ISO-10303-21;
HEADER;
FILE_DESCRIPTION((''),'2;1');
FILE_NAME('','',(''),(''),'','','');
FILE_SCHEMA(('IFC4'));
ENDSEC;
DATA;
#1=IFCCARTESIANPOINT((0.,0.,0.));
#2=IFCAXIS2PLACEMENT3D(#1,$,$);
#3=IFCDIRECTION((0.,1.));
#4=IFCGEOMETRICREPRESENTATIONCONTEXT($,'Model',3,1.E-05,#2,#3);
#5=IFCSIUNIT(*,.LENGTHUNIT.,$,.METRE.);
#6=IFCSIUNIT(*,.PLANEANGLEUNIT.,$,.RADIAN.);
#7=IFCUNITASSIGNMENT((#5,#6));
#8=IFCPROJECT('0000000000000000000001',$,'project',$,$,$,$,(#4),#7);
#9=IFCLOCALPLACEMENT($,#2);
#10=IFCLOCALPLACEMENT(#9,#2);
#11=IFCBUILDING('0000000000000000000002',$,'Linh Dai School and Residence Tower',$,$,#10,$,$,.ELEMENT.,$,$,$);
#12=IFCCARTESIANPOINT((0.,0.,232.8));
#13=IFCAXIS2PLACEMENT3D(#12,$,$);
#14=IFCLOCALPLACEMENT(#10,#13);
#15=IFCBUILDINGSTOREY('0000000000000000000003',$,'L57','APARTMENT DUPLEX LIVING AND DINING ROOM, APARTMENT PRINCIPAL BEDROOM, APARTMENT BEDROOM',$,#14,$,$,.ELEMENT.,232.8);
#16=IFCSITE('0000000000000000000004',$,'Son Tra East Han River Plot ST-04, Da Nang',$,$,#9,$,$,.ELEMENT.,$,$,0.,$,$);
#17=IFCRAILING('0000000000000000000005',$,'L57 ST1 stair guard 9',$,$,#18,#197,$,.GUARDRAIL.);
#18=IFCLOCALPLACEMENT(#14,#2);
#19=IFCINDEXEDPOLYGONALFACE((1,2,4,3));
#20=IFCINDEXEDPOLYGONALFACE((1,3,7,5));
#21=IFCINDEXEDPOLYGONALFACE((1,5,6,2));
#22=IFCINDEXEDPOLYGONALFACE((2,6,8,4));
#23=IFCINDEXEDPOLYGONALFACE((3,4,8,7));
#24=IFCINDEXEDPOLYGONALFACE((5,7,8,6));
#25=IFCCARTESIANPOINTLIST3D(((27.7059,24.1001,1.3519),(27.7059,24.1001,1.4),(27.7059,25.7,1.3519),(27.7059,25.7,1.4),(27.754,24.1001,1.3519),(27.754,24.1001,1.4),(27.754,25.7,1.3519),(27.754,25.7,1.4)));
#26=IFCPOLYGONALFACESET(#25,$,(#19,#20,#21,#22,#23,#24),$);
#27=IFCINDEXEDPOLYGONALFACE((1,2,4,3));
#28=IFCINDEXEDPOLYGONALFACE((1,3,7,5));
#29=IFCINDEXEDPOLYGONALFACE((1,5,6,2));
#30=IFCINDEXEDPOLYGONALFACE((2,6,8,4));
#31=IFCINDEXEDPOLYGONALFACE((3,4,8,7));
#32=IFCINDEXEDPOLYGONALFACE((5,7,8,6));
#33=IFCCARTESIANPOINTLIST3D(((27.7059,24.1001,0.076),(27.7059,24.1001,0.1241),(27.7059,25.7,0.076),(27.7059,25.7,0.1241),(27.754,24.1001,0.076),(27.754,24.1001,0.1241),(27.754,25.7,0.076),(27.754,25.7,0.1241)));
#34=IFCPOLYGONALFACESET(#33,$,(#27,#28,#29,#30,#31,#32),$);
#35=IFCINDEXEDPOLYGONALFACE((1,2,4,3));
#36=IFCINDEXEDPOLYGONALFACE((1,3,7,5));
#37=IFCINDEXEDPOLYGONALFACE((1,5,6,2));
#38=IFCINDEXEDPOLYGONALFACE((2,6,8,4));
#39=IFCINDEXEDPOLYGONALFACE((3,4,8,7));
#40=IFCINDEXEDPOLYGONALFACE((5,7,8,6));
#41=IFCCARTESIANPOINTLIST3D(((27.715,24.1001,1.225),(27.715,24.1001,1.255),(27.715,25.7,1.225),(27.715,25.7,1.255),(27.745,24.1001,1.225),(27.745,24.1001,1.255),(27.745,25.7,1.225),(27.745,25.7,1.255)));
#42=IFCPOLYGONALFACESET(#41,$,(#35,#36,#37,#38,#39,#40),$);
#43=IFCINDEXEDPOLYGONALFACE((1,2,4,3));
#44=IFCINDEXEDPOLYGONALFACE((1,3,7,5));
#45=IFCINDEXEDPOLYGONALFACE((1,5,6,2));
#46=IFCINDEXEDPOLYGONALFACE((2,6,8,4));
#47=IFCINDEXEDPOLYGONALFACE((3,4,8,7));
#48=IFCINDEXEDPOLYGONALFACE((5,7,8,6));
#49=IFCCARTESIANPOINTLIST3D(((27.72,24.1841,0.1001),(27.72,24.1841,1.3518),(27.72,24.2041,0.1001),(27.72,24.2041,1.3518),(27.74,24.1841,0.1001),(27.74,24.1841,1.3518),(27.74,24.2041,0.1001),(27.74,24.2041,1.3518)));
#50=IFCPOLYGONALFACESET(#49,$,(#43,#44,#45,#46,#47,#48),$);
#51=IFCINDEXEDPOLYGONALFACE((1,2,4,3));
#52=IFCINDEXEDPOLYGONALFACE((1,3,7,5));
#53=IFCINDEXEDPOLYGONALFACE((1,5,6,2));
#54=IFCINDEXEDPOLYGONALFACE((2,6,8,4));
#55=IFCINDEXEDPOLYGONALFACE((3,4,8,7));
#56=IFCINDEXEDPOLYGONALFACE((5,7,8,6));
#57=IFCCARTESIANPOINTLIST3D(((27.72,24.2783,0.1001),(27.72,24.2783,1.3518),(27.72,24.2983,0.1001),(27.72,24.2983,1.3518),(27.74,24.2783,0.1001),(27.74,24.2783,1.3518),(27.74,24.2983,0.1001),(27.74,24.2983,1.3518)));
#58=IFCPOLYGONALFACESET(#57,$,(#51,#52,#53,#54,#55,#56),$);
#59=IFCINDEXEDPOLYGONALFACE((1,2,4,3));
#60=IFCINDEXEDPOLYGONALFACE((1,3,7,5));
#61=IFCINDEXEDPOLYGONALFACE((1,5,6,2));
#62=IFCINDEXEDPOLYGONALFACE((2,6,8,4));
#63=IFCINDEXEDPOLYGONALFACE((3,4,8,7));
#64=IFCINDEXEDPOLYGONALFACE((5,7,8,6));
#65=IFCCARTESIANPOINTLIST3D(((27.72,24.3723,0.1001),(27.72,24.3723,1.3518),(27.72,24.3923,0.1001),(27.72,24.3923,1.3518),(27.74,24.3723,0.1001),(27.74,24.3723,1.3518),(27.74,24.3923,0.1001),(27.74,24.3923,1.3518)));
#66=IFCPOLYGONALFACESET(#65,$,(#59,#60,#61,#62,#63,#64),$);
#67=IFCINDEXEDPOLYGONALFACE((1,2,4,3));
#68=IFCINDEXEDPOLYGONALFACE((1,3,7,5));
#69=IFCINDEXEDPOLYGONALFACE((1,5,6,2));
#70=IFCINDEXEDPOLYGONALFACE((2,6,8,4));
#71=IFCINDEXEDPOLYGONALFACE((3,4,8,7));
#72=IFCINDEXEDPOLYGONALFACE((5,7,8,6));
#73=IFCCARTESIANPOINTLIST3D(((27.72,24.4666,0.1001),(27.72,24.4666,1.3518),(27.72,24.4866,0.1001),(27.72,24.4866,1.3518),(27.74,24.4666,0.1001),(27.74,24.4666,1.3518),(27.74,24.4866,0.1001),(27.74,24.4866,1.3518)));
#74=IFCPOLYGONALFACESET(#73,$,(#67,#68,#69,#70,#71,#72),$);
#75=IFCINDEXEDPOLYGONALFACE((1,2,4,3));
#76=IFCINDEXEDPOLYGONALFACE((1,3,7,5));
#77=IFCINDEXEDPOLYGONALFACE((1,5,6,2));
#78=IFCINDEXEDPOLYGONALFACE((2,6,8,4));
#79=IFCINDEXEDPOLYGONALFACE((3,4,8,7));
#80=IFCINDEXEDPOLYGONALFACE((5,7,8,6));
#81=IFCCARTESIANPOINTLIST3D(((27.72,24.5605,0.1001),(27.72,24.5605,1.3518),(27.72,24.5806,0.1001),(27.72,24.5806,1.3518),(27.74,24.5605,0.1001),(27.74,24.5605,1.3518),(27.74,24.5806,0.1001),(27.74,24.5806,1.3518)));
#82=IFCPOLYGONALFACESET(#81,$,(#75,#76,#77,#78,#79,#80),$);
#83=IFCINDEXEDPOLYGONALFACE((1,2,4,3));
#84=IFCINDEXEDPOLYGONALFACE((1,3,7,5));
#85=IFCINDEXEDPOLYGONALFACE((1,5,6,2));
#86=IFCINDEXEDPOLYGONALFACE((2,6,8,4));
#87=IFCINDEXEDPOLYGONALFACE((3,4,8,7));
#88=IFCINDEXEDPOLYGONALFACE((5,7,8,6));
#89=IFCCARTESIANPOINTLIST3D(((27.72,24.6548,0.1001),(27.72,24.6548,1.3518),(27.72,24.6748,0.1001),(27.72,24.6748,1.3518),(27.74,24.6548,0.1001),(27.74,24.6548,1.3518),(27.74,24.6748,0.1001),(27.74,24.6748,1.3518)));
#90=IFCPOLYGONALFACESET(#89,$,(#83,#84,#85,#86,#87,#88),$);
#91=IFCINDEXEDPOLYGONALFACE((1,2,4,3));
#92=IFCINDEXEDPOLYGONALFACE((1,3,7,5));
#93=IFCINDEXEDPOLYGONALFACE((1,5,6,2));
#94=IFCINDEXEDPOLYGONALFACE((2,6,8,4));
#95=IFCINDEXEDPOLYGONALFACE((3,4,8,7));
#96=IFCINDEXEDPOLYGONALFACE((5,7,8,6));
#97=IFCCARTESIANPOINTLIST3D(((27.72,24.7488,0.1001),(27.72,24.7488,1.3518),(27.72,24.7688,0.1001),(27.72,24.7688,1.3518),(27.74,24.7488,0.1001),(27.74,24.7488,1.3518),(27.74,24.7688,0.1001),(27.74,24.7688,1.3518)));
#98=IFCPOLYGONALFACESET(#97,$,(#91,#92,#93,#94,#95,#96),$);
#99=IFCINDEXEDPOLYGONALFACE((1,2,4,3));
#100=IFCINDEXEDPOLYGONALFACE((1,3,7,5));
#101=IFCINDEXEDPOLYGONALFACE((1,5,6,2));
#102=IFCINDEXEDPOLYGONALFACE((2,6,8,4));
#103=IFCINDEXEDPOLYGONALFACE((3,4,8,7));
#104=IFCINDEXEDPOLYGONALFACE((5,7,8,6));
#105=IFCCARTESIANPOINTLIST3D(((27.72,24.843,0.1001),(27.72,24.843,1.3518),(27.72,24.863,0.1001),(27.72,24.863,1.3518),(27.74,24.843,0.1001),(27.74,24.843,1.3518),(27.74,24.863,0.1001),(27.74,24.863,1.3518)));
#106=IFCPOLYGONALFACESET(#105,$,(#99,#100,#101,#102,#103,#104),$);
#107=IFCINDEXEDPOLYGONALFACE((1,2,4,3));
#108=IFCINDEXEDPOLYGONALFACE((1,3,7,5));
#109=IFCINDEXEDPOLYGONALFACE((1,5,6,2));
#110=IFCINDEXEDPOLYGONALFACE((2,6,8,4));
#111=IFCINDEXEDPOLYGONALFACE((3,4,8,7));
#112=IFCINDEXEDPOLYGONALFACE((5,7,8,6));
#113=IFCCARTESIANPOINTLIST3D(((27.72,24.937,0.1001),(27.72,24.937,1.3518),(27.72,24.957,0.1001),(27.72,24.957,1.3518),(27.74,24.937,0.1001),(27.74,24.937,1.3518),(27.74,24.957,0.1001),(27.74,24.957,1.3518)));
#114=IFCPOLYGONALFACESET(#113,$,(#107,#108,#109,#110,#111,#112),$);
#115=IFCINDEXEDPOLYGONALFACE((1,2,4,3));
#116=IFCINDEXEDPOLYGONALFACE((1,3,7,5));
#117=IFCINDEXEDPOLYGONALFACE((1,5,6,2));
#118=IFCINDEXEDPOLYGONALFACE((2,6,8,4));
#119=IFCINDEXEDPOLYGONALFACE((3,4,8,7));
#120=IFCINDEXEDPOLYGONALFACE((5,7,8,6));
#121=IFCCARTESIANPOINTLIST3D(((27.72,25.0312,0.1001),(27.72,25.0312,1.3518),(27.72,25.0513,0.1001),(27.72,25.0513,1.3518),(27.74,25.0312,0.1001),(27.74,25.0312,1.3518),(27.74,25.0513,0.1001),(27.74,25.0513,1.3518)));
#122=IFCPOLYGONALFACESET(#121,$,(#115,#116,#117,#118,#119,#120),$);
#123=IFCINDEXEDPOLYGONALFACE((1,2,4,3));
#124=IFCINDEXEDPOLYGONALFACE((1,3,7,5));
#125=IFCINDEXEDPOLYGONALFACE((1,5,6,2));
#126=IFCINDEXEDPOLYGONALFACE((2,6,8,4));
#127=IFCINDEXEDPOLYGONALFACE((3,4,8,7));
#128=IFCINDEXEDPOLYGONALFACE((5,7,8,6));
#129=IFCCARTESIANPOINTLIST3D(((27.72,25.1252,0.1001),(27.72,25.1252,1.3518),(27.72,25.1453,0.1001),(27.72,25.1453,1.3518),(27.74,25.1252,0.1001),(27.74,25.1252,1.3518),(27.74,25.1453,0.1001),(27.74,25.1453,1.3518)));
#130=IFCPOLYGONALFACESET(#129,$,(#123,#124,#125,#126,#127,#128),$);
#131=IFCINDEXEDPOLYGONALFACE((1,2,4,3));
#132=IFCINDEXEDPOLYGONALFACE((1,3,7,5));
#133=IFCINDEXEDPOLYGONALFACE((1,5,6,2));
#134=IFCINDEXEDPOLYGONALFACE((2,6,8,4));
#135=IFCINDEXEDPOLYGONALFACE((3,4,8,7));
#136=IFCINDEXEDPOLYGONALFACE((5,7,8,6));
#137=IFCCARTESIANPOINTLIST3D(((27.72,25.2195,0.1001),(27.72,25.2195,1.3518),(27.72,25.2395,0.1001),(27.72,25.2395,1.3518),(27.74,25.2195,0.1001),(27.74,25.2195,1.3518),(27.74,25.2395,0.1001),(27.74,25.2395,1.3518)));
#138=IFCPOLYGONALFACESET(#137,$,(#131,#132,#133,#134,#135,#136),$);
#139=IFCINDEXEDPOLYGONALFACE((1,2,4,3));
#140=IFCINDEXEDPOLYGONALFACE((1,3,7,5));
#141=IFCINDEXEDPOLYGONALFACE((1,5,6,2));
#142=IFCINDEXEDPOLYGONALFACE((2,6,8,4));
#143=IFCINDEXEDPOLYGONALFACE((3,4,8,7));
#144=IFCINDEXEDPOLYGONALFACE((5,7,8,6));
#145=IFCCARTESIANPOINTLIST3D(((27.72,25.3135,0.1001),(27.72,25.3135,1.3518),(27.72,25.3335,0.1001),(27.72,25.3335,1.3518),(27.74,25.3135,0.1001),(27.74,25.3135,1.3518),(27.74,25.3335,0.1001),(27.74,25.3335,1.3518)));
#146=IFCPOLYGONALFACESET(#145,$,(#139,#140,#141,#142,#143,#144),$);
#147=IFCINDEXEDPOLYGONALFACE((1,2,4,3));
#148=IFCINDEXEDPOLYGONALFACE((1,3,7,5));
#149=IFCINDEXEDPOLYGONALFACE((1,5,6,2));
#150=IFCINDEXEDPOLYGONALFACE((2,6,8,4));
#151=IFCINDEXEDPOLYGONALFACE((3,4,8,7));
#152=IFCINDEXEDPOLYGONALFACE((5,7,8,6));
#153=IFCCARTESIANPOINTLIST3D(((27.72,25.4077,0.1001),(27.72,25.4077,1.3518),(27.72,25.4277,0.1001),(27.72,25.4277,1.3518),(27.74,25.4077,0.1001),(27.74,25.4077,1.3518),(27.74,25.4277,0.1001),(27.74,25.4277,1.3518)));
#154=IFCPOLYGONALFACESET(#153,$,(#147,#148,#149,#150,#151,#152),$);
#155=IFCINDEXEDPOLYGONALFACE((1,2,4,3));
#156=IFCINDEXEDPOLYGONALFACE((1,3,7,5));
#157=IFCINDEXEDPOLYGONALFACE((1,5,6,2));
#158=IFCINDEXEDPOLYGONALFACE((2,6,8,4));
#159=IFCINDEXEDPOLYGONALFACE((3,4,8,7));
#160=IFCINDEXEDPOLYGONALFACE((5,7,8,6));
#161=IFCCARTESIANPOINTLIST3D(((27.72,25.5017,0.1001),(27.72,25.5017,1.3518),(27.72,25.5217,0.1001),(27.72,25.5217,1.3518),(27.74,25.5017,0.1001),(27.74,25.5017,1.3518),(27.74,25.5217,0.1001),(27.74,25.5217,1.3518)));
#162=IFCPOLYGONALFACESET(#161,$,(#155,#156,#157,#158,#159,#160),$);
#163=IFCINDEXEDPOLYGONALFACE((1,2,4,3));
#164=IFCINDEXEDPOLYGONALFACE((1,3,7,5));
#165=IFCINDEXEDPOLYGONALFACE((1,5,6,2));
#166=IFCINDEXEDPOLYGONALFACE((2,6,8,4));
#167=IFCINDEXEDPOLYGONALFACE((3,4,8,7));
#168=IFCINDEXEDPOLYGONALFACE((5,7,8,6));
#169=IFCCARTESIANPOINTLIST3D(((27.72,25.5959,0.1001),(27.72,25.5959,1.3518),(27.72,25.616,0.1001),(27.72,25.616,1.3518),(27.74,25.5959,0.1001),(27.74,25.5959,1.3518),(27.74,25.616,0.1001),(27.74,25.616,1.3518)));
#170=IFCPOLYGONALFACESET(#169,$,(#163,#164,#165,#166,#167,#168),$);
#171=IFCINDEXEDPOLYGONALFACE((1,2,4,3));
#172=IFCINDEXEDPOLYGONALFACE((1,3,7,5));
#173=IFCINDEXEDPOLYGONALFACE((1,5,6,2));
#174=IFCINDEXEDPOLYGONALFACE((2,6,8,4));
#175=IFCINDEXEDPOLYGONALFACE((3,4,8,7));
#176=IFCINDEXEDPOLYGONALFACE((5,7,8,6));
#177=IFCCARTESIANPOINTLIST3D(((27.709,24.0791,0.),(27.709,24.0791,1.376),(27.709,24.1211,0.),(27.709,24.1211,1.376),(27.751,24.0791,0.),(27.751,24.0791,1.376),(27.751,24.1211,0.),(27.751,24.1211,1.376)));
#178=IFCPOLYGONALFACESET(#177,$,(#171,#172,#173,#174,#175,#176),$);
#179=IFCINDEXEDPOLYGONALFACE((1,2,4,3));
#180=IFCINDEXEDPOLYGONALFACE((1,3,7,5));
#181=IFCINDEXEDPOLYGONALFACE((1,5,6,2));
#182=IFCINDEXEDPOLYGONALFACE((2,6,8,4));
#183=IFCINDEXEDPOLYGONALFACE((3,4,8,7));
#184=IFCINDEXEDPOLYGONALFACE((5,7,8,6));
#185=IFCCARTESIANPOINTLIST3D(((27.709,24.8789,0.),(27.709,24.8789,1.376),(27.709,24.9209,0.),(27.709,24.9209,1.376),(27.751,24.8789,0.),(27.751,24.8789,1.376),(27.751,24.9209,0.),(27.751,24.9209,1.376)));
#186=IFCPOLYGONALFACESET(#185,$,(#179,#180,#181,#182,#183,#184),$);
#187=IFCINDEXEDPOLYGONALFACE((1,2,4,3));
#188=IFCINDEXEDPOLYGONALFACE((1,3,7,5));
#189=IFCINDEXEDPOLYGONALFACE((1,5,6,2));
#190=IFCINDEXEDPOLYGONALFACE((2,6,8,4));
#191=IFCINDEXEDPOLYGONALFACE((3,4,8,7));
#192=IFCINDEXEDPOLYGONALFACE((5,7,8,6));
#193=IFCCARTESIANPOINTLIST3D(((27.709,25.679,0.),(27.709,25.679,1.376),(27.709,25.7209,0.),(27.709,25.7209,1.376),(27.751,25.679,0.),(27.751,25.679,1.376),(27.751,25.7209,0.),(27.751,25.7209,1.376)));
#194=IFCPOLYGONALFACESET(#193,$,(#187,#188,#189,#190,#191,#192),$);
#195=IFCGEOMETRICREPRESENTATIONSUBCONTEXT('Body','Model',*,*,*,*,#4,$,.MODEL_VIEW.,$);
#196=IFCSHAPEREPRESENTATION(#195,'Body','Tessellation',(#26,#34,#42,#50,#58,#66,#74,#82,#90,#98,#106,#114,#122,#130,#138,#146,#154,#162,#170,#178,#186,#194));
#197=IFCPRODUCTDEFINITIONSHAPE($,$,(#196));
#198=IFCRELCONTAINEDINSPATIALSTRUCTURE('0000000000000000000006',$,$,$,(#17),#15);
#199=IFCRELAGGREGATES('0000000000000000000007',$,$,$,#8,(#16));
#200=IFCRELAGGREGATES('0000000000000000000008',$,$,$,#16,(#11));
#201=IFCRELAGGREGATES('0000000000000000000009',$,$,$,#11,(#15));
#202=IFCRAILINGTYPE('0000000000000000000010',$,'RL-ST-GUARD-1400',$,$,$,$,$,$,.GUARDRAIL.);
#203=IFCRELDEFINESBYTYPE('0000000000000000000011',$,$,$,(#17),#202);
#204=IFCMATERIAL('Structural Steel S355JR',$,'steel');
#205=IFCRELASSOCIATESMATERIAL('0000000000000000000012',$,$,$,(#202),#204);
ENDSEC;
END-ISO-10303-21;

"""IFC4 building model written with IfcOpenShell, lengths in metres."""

from ifc_helpers import new_model, si_unit, direction, frame, origin, origin_2d, place, context, subcontext, project, spatial, rectangle, extrude, source, transform, mapped, material, type_object, element, save


model = new_model("IFC4")

# Units and contexts
model_context = context("Model", 3, precision=1e-05, world=origin(), true_north=direction((0.0, 1.0)))
body_context = subcontext(model_context, "Body", "Model", "MODEL_VIEW")
ifc_project = project(units=[si_unit("LENGTHUNIT", "METRE"), si_unit("PLANEANGLEUNIT", "RADIAN")], contexts=[model_context])

# Site, building, storey
site_placement = place(None, origin())
site = spatial("IfcSite", under=ifc_project, at=site_placement, Name="Son Tra East Han River Plot ST-04, Da Nang", CompositionType="ELEMENT", RefElevation=0.0)
building_placement = place(site_placement, origin())
building = spatial("IfcBuilding", under=site, at=building_placement, Name="Linh Dai School and Residence Tower", CompositionType="ELEMENT")
storey_placement = place(building_placement, frame((0.0, 0.0, 232.8)))
storey = spatial("IfcBuildingStorey", under=building, at=storey_placement, Name="L57", Description="APARTMENT DUPLEX LIVING AND DINING ROOM, APARTMENT PRINCIPAL BEDROOM, APARTMENT BEDROOM", CompositionType="ELEMENT", Elevation=232.8)

# Shared definitions
ifc_material_1 = material(Name="Structural Steel S355JR", Category="steel")

# Railing
railing_type = type_object("IfcRailingType", Name="RL-ST-GUARD-1400", PredefinedType="GUARDRAIL", material=ifc_material_1)
shared_shape_1 = source(origin(), body_context, "Body", "SweptSolid", [
    extrude(rectangle(XDim=0.0481, YDim=0.0481, at=origin_2d()), frame((0.0, 0.0, 1.376), z_axis=(0.0, 1.0, 0.0), x_axis=(-1.0, 0.0, 0.0)), (0.0, 0.0, 1.0), 1.5999),
    extrude(rectangle(XDim=0.0481, YDim=0.0481, at=origin_2d()), frame((0.0, 0.0, 0.1001), z_axis=(0.0, 1.0, 0.0), x_axis=(-1.0, 0.0, 0.0)), (0.0, 0.0, 1.0), 1.5999),
    extrude(rectangle(XDim=0.03, YDim=0.03, at=origin_2d()), frame((0.0, 0.0, 1.24), z_axis=(0.0, 1.0, 0.0), x_axis=(-1.0, 0.0, 0.0)), (0.0, 0.0, 1.0), 1.5999),
    extrude(rectangle(XDim=0.02, YDim=0.02, at=origin_2d()), frame((0.0, 0.094, 0.1001)), (0.0, 0.0, 1.0), 1.2517),
    extrude(rectangle(XDim=0.02, YDim=0.02, at=origin_2d()), frame((0.0, 0.1882, 0.1001)), (0.0, 0.0, 1.0), 1.2517),
    extrude(rectangle(XDim=0.02, YDim=0.02, at=origin_2d()), frame((0.0, 0.2822, 0.1001)), (0.0, 0.0, 1.0), 1.2517),
    extrude(rectangle(XDim=0.02, YDim=0.02, at=origin_2d()), frame((0.0, 0.3765, 0.1001)), (0.0, 0.0, 1.0), 1.2517),
    extrude(rectangle(XDim=0.02, YDim=0.02, at=origin_2d()), frame((0.0, 0.4705, 0.1001)), (0.0, 0.0, 1.0), 1.2517),
    extrude(rectangle(XDim=0.02, YDim=0.02, at=origin_2d()), frame((0.0, 0.5647, 0.1001)), (0.0, 0.0, 1.0), 1.2517),
    extrude(rectangle(XDim=0.02, YDim=0.02, at=origin_2d()), frame((0.0, 0.6587, 0.1001)), (0.0, 0.0, 1.0), 1.2517),
    extrude(rectangle(XDim=0.02, YDim=0.02, at=origin_2d()), frame((0.0, 0.7529, 0.1001)), (0.0, 0.0, 1.0), 1.2517),
    extrude(rectangle(XDim=0.02, YDim=0.02, at=origin_2d()), frame((0.0, 0.8469, 0.1001)), (0.0, 0.0, 1.0), 1.2517),
    extrude(rectangle(XDim=0.02, YDim=0.02, at=origin_2d()), frame((0.0, 0.9412, 0.1001)), (0.0, 0.0, 1.0), 1.2517),
    extrude(rectangle(XDim=0.02, YDim=0.02, at=origin_2d()), frame((0.0, 1.0352, 0.1001)), (0.0, 0.0, 1.0), 1.2517),
    extrude(rectangle(XDim=0.02, YDim=0.02, at=origin_2d()), frame((0.0, 1.1294, 0.1001)), (0.0, 0.0, 1.0), 1.2517),
    extrude(rectangle(XDim=0.02, YDim=0.02, at=origin_2d()), frame((0.0, 1.2234, 0.1001)), (0.0, 0.0, 1.0), 1.2517),
    extrude(rectangle(XDim=0.02, YDim=0.02, at=origin_2d()), frame((0.0, 1.3176, 0.1001)), (0.0, 0.0, 1.0), 1.2517),
    extrude(rectangle(XDim=0.02, YDim=0.02, at=origin_2d()), frame((0.0, 1.4116, 0.1001)), (0.0, 0.0, 1.0), 1.2517),
    extrude(rectangle(XDim=0.02, YDim=0.02, at=origin_2d()), frame((0.0, 1.5059, 0.1001)), (0.0, 0.0, 1.0), 1.2517),
    extrude(rectangle(XDim=0.042, YDim=0.042, at=origin_2d()), origin(), (0.0, 0.0, 1.0), 1.376),
    extrude(rectangle(XDim=0.042, YDim=0.042, at=origin_2d()), frame((0.0, 0.7998, 0.0)), (0.0, 0.0, 1.0), 1.376),
    extrude(rectangle(XDim=0.042, YDim=0.042, at=origin_2d()), frame((0.0, 1.5999, 0.0)), (0.0, 0.0, 1.0), 1.376),
])
for number, where, name in (
    (1, (27.73, 24.1001, 0.0), "L57 ST1 stair guard 9"),
):
    element("IfcRailing", number, at=place(storey_placement, frame(where)), inside=storey, type_object=railing_type, Name=name, PredefinedType="GUARDRAIL", context=body_context, shape_type="MappedRepresentation", body=[
        mapped(shared_shape_1, transform((0.0, 0.0, 0.0), x_axis=(1.0, 0.0, 0.0), y_axis=(0.0, 1.0, 0.0), z_axis=(0.0, 0.0, 1.0), scale=1.0)),
    ])

save(model, "model.ifc")
